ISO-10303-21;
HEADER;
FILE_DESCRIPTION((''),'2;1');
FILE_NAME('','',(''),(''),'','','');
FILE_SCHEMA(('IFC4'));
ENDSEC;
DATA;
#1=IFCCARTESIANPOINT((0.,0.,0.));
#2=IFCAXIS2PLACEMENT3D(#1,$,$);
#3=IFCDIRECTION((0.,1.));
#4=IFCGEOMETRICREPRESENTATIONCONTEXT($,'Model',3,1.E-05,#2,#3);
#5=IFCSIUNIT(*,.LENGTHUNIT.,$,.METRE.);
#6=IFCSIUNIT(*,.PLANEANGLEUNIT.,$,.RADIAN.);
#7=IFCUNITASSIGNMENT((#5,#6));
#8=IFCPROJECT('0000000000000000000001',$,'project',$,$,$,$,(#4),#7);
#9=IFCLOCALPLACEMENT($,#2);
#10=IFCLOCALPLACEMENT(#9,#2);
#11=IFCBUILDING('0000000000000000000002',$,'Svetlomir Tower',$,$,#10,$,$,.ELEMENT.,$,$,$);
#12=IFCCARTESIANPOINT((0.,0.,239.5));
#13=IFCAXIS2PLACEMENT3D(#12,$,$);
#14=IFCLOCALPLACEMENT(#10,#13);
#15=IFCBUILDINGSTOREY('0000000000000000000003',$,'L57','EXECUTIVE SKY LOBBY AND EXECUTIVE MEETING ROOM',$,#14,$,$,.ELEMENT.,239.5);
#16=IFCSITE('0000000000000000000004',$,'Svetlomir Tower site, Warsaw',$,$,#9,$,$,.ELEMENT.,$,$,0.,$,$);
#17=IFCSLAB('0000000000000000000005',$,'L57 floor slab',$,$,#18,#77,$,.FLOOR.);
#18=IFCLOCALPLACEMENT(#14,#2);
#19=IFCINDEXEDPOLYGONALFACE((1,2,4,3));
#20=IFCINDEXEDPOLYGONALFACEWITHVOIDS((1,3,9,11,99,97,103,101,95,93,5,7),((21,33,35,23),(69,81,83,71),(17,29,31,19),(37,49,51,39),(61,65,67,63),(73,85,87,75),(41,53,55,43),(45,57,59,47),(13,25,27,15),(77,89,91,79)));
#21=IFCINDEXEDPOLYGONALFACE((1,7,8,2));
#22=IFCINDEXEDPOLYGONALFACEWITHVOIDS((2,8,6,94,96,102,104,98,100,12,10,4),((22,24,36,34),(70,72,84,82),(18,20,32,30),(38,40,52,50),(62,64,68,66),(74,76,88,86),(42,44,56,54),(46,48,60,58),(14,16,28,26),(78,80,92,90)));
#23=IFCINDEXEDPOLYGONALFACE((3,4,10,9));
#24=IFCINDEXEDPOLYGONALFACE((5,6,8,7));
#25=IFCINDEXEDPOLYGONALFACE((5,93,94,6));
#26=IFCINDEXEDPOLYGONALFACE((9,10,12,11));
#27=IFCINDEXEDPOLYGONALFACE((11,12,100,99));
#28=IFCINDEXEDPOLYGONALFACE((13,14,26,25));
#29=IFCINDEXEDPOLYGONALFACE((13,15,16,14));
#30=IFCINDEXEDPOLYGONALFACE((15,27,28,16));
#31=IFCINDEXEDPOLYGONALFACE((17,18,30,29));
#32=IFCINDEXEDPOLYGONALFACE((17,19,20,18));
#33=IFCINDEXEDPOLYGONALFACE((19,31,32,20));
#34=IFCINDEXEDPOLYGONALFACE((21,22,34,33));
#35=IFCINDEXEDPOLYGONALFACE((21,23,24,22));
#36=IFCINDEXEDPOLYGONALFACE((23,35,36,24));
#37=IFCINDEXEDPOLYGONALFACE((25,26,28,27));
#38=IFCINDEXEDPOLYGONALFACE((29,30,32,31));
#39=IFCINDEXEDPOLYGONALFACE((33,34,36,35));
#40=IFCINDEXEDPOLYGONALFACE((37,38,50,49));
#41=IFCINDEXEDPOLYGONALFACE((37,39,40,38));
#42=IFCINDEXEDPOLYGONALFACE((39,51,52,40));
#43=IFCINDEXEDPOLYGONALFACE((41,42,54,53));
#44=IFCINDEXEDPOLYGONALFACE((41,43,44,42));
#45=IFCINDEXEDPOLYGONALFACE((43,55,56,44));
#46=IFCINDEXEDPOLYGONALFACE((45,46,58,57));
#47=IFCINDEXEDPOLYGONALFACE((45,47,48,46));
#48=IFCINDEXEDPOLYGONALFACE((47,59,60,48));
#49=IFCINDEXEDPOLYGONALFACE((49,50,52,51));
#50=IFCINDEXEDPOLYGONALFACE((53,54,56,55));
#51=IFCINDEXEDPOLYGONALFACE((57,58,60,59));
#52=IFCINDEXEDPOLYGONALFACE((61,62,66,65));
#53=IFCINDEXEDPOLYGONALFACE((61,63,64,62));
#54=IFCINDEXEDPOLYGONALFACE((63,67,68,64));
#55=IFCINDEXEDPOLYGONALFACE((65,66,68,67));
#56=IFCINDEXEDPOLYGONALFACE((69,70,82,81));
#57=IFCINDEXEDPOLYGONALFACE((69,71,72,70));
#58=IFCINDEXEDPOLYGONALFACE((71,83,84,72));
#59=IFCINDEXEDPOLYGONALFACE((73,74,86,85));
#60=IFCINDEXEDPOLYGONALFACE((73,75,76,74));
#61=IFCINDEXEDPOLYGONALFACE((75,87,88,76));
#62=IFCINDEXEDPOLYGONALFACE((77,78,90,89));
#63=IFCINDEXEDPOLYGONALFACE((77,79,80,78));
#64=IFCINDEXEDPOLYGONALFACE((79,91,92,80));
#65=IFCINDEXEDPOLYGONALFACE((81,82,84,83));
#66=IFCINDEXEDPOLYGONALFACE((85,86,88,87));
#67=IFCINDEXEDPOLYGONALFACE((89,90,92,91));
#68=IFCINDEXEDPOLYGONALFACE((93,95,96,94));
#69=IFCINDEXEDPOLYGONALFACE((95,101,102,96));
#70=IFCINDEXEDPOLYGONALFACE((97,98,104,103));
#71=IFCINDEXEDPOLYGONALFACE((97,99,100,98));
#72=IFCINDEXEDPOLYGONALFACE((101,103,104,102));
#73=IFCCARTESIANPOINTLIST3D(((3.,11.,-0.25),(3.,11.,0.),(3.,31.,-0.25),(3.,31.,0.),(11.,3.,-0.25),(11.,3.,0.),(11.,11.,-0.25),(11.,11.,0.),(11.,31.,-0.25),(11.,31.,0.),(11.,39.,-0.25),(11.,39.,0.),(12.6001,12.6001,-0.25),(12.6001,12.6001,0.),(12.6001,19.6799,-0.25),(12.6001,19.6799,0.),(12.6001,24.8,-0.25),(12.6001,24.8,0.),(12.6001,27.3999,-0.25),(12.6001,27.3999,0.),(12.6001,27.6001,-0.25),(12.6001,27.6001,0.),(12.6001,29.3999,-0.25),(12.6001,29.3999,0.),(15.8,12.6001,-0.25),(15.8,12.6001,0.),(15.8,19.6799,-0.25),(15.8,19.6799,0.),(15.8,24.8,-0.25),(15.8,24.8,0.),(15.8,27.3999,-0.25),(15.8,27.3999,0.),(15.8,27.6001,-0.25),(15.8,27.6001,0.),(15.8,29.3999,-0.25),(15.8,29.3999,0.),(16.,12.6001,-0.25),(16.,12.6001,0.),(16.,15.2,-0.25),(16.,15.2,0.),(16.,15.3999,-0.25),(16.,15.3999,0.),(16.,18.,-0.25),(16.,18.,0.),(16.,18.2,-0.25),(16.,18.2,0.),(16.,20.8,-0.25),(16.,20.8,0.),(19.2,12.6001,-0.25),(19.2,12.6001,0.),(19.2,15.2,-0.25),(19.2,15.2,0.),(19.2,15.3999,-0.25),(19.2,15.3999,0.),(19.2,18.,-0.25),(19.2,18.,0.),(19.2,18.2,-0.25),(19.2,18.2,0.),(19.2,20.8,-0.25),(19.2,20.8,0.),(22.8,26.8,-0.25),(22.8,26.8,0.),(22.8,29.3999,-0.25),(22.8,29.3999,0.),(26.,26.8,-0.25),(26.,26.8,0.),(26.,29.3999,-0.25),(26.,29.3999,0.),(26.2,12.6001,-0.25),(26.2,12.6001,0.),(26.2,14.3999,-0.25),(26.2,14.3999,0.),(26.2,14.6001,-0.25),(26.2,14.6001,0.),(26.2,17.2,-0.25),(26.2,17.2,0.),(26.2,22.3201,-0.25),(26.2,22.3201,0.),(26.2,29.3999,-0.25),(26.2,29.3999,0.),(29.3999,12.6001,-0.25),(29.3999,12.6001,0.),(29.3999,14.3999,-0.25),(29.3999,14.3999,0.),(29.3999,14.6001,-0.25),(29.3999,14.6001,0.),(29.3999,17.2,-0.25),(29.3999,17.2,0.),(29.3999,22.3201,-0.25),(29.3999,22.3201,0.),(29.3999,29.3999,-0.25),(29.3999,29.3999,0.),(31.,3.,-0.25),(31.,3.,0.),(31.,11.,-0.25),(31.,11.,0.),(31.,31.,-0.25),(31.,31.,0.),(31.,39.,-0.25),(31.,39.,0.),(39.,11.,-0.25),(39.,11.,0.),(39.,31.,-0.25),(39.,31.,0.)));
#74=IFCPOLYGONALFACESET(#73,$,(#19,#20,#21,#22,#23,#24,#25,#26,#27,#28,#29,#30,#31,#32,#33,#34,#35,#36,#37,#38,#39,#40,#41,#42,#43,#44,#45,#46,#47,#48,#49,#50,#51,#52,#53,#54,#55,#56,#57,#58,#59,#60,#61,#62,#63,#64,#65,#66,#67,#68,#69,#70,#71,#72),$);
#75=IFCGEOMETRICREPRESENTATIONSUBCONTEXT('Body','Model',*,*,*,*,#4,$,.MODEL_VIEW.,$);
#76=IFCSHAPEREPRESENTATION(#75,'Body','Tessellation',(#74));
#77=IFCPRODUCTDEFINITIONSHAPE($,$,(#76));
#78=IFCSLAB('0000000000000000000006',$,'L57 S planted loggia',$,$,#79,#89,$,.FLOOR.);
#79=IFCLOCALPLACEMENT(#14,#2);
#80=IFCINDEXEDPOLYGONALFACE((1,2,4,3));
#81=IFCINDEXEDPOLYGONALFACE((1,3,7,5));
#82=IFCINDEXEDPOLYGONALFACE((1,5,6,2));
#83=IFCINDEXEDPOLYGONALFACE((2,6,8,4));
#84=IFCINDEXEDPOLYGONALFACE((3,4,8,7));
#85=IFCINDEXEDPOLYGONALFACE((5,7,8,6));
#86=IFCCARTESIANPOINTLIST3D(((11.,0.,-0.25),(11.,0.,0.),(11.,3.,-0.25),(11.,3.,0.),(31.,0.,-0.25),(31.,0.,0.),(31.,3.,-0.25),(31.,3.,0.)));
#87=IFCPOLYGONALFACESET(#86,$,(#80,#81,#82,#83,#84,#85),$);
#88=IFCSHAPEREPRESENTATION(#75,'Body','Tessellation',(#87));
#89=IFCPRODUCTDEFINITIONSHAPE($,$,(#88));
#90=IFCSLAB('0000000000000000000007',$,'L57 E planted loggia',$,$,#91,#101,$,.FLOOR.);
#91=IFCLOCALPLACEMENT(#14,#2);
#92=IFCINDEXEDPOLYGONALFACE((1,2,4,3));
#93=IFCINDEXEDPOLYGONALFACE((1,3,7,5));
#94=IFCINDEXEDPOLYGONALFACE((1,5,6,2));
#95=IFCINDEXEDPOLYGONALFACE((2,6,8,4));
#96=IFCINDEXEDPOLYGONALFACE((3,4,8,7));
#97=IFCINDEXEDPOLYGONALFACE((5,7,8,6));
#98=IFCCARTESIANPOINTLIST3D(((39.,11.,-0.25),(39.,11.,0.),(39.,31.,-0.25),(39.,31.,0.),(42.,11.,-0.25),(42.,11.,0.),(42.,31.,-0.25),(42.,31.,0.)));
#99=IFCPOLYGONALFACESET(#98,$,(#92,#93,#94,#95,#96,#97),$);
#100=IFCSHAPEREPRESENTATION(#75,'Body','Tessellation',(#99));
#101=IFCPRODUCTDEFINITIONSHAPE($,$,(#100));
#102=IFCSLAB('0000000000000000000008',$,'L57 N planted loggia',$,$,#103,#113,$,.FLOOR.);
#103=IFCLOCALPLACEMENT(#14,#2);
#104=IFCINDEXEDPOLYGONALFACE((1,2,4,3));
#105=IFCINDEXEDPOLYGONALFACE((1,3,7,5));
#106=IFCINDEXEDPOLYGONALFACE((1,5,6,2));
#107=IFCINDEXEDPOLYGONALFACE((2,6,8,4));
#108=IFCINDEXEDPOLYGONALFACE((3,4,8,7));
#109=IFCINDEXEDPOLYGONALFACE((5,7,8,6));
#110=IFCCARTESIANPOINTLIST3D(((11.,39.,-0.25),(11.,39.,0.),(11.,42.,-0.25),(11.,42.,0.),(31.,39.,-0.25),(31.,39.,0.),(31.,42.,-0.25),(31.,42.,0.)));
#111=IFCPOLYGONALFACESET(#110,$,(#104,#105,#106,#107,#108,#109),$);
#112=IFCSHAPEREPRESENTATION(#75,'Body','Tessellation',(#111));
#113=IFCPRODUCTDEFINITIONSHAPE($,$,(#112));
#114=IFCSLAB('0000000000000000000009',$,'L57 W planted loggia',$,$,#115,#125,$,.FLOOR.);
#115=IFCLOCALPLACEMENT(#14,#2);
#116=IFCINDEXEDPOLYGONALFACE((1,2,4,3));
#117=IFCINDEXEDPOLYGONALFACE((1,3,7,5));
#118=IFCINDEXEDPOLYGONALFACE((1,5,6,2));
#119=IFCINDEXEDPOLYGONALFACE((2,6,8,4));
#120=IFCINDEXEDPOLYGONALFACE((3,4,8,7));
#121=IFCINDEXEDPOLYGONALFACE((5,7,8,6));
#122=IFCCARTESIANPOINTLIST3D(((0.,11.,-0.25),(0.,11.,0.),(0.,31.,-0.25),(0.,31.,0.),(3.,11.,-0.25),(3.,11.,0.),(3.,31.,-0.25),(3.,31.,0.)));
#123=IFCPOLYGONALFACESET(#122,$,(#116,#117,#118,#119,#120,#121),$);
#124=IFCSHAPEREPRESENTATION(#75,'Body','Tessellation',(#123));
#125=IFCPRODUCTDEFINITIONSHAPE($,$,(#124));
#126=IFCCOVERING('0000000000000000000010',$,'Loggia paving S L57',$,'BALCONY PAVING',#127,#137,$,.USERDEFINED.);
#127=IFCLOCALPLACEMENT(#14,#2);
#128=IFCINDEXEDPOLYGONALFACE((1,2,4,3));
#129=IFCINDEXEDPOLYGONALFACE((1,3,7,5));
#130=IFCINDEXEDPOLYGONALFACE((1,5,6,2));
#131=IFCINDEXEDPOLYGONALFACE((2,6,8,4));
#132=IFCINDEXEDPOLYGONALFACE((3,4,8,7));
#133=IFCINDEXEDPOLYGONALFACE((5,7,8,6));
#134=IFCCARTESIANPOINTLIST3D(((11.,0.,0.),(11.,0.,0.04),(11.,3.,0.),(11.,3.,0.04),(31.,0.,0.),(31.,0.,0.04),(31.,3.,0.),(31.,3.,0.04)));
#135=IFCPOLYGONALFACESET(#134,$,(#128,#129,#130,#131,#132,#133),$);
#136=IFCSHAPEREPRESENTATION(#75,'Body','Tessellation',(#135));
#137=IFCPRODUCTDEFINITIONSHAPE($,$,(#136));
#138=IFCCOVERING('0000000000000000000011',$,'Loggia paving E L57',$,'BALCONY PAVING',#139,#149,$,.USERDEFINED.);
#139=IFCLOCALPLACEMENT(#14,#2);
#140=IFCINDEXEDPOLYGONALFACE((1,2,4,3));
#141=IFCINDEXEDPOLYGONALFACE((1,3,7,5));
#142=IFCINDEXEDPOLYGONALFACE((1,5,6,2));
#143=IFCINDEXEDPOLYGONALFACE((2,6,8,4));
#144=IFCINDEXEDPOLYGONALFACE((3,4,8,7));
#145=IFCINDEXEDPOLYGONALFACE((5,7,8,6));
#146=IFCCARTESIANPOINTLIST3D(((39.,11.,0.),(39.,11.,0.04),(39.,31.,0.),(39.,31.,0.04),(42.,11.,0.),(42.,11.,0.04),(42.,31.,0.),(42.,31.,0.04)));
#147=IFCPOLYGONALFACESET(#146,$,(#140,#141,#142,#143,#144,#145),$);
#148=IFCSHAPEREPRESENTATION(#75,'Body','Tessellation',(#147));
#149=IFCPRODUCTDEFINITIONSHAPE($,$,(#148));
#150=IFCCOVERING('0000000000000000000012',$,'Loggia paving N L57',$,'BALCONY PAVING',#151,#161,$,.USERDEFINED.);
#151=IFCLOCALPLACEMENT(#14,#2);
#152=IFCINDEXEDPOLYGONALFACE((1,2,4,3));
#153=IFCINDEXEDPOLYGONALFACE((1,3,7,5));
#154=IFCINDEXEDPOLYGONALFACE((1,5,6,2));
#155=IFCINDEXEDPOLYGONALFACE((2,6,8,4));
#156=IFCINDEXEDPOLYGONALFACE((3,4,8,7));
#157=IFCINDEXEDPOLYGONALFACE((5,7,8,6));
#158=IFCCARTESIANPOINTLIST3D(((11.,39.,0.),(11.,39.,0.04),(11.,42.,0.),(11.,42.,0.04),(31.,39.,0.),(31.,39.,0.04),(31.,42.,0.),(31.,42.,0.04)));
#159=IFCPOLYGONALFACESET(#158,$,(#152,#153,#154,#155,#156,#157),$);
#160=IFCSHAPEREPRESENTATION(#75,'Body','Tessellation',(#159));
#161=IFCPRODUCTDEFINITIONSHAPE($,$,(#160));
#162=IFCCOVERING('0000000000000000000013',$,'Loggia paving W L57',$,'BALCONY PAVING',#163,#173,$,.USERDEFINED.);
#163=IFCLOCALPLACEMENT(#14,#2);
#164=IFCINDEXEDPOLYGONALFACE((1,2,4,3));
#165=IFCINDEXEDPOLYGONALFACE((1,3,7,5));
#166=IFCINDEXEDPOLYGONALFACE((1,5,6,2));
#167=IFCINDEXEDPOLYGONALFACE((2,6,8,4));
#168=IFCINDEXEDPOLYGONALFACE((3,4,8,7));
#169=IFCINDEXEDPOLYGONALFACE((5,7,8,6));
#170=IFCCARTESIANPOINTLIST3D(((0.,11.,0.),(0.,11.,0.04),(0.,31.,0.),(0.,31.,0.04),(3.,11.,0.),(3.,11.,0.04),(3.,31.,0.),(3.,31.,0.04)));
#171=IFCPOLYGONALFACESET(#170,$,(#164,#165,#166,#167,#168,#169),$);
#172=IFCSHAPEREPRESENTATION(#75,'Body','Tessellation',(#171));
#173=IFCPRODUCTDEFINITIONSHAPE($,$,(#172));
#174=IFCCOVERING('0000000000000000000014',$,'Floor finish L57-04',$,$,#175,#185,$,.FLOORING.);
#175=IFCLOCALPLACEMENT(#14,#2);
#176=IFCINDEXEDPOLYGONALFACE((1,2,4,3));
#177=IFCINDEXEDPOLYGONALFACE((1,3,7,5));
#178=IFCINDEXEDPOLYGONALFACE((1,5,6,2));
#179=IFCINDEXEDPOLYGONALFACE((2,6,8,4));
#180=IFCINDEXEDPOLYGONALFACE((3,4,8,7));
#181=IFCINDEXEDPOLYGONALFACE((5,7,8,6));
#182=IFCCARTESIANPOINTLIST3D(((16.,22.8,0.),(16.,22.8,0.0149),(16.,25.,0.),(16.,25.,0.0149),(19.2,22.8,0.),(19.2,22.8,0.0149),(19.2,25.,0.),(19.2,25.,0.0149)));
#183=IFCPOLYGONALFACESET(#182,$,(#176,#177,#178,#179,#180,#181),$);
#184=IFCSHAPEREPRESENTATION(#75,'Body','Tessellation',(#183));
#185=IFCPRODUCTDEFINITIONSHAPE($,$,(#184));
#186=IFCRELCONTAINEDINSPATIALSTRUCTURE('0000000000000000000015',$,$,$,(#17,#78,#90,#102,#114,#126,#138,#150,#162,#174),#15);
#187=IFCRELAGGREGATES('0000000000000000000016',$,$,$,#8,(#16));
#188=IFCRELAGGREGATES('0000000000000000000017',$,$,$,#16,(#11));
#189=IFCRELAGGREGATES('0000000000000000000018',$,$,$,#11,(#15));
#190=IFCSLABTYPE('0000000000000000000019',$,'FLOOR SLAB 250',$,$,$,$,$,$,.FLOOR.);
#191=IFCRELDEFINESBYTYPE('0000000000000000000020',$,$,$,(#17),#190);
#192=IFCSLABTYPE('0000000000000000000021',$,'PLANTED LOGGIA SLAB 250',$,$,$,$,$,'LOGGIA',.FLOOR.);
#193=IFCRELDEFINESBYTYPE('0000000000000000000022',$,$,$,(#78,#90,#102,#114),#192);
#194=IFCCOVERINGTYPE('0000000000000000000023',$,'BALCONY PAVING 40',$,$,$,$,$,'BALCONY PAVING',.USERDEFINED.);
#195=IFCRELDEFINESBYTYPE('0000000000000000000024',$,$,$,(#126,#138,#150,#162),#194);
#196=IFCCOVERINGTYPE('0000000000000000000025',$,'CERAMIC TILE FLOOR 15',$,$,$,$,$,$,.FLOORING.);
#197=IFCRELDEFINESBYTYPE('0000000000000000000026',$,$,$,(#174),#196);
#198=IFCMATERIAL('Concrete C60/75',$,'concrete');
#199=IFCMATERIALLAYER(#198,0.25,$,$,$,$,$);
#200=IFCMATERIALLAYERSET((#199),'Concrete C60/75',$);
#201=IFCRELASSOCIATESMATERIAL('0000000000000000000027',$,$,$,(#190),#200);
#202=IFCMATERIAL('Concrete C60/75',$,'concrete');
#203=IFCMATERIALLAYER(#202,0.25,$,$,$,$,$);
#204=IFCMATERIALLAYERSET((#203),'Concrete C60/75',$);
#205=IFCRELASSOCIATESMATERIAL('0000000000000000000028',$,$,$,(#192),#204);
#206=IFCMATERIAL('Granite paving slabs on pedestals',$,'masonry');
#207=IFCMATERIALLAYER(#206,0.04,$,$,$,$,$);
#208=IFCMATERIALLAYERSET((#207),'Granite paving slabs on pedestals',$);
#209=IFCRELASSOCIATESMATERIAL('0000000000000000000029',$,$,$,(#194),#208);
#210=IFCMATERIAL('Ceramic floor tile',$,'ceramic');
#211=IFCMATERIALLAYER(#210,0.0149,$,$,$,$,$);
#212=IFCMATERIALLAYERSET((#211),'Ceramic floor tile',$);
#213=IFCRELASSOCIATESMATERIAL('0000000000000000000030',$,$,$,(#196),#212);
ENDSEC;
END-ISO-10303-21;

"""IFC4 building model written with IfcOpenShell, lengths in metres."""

from ifc_helpers import new_model, si_unit, direction, frame, origin, place, context, subcontext, project, spatial, polyline, outline, extrude, material, layer, layer_set, type_object, element, save


model = new_model("IFC4")

# Units and contexts
model_context = context("Model", 3, precision=1e-05, world=origin(), true_north=direction((0.0, 1.0)))
body_context = subcontext(model_context, "Body", "Model", "MODEL_VIEW")
ifc_project = project(units=[si_unit("LENGTHUNIT", "METRE"), si_unit("PLANEANGLEUNIT", "RADIAN")], contexts=[model_context])

# Site, building, storey
site_placement = place(None, origin())
site = spatial("IfcSite", under=ifc_project, at=site_placement, Name="Svetlomir Tower site, Warsaw", CompositionType="ELEMENT", RefElevation=0.0)
building_placement = place(site_placement, origin())
building = spatial("IfcBuilding", under=site, at=building_placement, Name="Svetlomir Tower", CompositionType="ELEMENT")
storey_placement = place(building_placement, frame((0.0, 0.0, 239.5)))
storey = spatial("IfcBuildingStorey", under=building, at=storey_placement, Name="L57", Description="EXECUTIVE SKY LOBBY AND EXECUTIVE MEETING ROOM", CompositionType="ELEMENT", Elevation=239.5)

# Slabs
ifc_material_1 = material(Name="Concrete C60/75", Category="concrete")
ifc_layer_1 = layer(ifc_material_1, 0.25)
ifc_layer_set_1 = layer_set([ifc_layer_1], Name="Concrete C60/75")
slab_type_1 = type_object("IfcSlabType", Name="FLOOR SLAB 250", PredefinedType="FLOOR", material=ifc_layer_set_1)
slab_1_placement = place(storey_placement, frame((0.0, 0.0, -0.25)))
element("IfcSlab", 1, at=slab_1_placement, inside=storey, type_object=slab_type_1, Name="L57 floor slab", PredefinedType="FLOOR", context=body_context, shape_type="SweptSolid", body=[
    extrude(outline(polyline([(11.0, 3.0), (31.0, 3.0), (31.0, 11.0), (39.0, 11.0), (39.0, 31.0), (31.0, 31.0), (31.0, 39.0), (11.0, 39.0), (11.0, 31.0), (3.0, 31.0), (3.0, 11.0), (11.0, 11.0), (11.0, 3.0)]), holes=[polyline([(12.6001, 24.8), (15.8, 24.8), (15.8, 27.3999), (12.6001, 27.3999), (12.6001, 24.8)]), polyline([(26.2, 14.6001), (29.3999, 14.6001), (29.3999, 17.2), (26.2, 17.2), (26.2, 14.6001)]), polyline([(16.0, 12.6001), (19.2, 12.6001), (19.2, 15.2), (16.0, 15.2), (16.0, 12.6001)]), polyline([(16.0, 15.3999), (19.2, 15.3999), (19.2, 18.0), (16.0, 18.0), (16.0, 15.3999)]), polyline([(16.0, 18.2), (19.2, 18.2), (19.2, 20.8), (16.0, 20.8), (16.0, 18.2)]), polyline([(22.8, 26.8), (26.0, 26.8), (26.0, 29.3999), (22.8, 29.3999), (22.8, 26.8)]), polyline([(12.6001, 27.6001), (15.8, 27.6001), (15.8, 29.3999), (12.6001, 29.3999), (12.6001, 27.6001)]), polyline([(26.2, 12.6001), (29.3999, 12.6001), (29.3999, 14.3999), (26.2, 14.3999), (26.2, 12.6001)]), polyline([(12.6001, 12.6001), (15.8, 12.6001), (15.8, 19.6799), (12.6001, 19.6799), (12.6001, 12.6001)]), polyline([(26.2, 22.3201), (29.3999, 22.3201), (29.3999, 29.3999), (26.2, 29.3999), (26.2, 22.3201)])]), origin(), (0.0, 0.0, 1.0), 0.25),
])
ifc_material_2 = material(Name="Concrete C60/75", Category="concrete")
ifc_layer_2 = layer(ifc_material_2, 0.25)
ifc_layer_set_2 = layer_set([ifc_layer_2], Name="Concrete C60/75")
slab_type_2 = type_object("IfcSlabType", Name="PLANTED LOGGIA SLAB 250", ElementType="LOGGIA", PredefinedType="FLOOR", material=ifc_layer_set_2)
slab_2_placement = place(storey_placement, frame((0.0, 0.0, -0.25)))
element("IfcSlab", 2, at=slab_2_placement, inside=storey, type_object=slab_type_2, Name="L57 S planted loggia", PredefinedType="FLOOR", context=body_context, shape_type="SweptSolid", body=[
    extrude(outline(polyline([(11.0, 0.0), (31.0, 0.0), (31.0, 3.0), (11.0, 3.0), (11.0, 0.0)])), origin(), (0.0, 0.0, 1.0), 0.25),
])
slab_3_placement = place(storey_placement, frame((0.0, 0.0, -0.25)))
element("IfcSlab", 3, at=slab_3_placement, inside=storey, type_object=slab_type_2, Name="L57 E planted loggia", PredefinedType="FLOOR", context=body_context, shape_type="SweptSolid", body=[
    extrude(outline(polyline([(39.0, 11.0), (42.0, 11.0), (42.0, 31.0), (39.0, 31.0), (39.0, 11.0)])), origin(), (0.0, 0.0, 1.0), 0.25),
])
slab_4_placement = place(storey_placement, frame((0.0, 0.0, -0.25)))
element("IfcSlab", 4, at=slab_4_placement, inside=storey, type_object=slab_type_2, Name="L57 N planted loggia", PredefinedType="FLOOR", context=body_context, shape_type="SweptSolid", body=[
    extrude(outline(polyline([(11.0, 39.0), (31.0, 39.0), (31.0, 42.0), (11.0, 42.0), (11.0, 39.0)])), origin(), (0.0, 0.0, 1.0), 0.25),
])
slab_5_placement = place(storey_placement, frame((0.0, 0.0, -0.25)))
element("IfcSlab", 5, at=slab_5_placement, inside=storey, type_object=slab_type_2, Name="L57 W planted loggia", PredefinedType="FLOOR", context=body_context, shape_type="SweptSolid", body=[
    extrude(outline(polyline([(0.0, 11.0), (3.0, 11.0), (3.0, 31.0), (0.0, 31.0), (0.0, 11.0)])), origin(), (0.0, 0.0, 1.0), 0.25),
])

# Coverings
ifc_material_3 = material(Name="Granite paving slabs on pedestals", Category="masonry")
ifc_layer_3 = layer(ifc_material_3, 0.04)
ifc_layer_set_3 = layer_set([ifc_layer_3], Name="Granite paving slabs on pedestals")
covering_type_1 = type_object("IfcCoveringType", Name="BALCONY PAVING 40", ElementType="BALCONY PAVING", PredefinedType="USERDEFINED", material=ifc_layer_set_3)
covering_1_placement = place(storey_placement, origin())
element("IfcCovering", 6, at=covering_1_placement, inside=storey, type_object=covering_type_1, Name="Loggia paving S L57", ObjectType="BALCONY PAVING", PredefinedType="USERDEFINED", context=body_context, shape_type="SweptSolid", body=[
    extrude(outline(polyline([(11.0, 0.0), (31.0, 0.0), (31.0, 3.0), (11.0, 3.0), (11.0, 0.0)])), origin(), (0.0, 0.0, 1.0), 0.04),
])
covering_2_placement = place(storey_placement, origin())
element("IfcCovering", 7, at=covering_2_placement, inside=storey, type_object=covering_type_1, Name="Loggia paving E L57", ObjectType="BALCONY PAVING", PredefinedType="USERDEFINED", context=body_context, shape_type="SweptSolid", body=[
    extrude(outline(polyline([(39.0, 11.0), (42.0, 11.0), (42.0, 31.0), (39.0, 31.0), (39.0, 11.0)])), origin(), (0.0, 0.0, 1.0), 0.04),
])
covering_3_placement = place(storey_placement, origin())
element("IfcCovering", 8, at=covering_3_placement, inside=storey, type_object=covering_type_1, Name="Loggia paving N L57", ObjectType="BALCONY PAVING", PredefinedType="USERDEFINED", context=body_context, shape_type="SweptSolid", body=[
    extrude(outline(polyline([(11.0, 39.0), (31.0, 39.0), (31.0, 42.0), (11.0, 42.0), (11.0, 39.0)])), origin(), (0.0, 0.0, 1.0), 0.04),
])
covering_4_placement = place(storey_placement, origin())
element("IfcCovering", 9, at=covering_4_placement, inside=storey, type_object=covering_type_1, Name="Loggia paving W L57", ObjectType="BALCONY PAVING", PredefinedType="USERDEFINED", context=body_context, shape_type="SweptSolid", body=[
    extrude(outline(polyline([(0.0, 11.0), (3.0, 11.0), (3.0, 31.0), (0.0, 31.0), (0.0, 11.0)])), origin(), (0.0, 0.0, 1.0), 0.04),
])
ifc_material_4 = material(Name="Ceramic floor tile", Category="ceramic")
ifc_layer_4 = layer(ifc_material_4, 0.0149)
ifc_layer_set_4 = layer_set([ifc_layer_4], Name="Ceramic floor tile")
covering_type_2 = type_object("IfcCoveringType", Name="CERAMIC TILE FLOOR 15", PredefinedType="FLOORING", material=ifc_layer_set_4)
covering_5_placement = place(storey_placement, origin())
element("IfcCovering", 10, at=covering_5_placement, inside=storey, type_object=covering_type_2, Name="Floor finish L57-04", PredefinedType="FLOORING", context=body_context, shape_type="SweptSolid", body=[
    extrude(outline(polyline([(16.0, 22.8), (19.2, 22.8), (19.2, 25.0), (16.0, 25.0), (16.0, 22.8)])), origin(), (0.0, 0.0, 1.0), 0.0149),
])

save(model, "model.ifc")
